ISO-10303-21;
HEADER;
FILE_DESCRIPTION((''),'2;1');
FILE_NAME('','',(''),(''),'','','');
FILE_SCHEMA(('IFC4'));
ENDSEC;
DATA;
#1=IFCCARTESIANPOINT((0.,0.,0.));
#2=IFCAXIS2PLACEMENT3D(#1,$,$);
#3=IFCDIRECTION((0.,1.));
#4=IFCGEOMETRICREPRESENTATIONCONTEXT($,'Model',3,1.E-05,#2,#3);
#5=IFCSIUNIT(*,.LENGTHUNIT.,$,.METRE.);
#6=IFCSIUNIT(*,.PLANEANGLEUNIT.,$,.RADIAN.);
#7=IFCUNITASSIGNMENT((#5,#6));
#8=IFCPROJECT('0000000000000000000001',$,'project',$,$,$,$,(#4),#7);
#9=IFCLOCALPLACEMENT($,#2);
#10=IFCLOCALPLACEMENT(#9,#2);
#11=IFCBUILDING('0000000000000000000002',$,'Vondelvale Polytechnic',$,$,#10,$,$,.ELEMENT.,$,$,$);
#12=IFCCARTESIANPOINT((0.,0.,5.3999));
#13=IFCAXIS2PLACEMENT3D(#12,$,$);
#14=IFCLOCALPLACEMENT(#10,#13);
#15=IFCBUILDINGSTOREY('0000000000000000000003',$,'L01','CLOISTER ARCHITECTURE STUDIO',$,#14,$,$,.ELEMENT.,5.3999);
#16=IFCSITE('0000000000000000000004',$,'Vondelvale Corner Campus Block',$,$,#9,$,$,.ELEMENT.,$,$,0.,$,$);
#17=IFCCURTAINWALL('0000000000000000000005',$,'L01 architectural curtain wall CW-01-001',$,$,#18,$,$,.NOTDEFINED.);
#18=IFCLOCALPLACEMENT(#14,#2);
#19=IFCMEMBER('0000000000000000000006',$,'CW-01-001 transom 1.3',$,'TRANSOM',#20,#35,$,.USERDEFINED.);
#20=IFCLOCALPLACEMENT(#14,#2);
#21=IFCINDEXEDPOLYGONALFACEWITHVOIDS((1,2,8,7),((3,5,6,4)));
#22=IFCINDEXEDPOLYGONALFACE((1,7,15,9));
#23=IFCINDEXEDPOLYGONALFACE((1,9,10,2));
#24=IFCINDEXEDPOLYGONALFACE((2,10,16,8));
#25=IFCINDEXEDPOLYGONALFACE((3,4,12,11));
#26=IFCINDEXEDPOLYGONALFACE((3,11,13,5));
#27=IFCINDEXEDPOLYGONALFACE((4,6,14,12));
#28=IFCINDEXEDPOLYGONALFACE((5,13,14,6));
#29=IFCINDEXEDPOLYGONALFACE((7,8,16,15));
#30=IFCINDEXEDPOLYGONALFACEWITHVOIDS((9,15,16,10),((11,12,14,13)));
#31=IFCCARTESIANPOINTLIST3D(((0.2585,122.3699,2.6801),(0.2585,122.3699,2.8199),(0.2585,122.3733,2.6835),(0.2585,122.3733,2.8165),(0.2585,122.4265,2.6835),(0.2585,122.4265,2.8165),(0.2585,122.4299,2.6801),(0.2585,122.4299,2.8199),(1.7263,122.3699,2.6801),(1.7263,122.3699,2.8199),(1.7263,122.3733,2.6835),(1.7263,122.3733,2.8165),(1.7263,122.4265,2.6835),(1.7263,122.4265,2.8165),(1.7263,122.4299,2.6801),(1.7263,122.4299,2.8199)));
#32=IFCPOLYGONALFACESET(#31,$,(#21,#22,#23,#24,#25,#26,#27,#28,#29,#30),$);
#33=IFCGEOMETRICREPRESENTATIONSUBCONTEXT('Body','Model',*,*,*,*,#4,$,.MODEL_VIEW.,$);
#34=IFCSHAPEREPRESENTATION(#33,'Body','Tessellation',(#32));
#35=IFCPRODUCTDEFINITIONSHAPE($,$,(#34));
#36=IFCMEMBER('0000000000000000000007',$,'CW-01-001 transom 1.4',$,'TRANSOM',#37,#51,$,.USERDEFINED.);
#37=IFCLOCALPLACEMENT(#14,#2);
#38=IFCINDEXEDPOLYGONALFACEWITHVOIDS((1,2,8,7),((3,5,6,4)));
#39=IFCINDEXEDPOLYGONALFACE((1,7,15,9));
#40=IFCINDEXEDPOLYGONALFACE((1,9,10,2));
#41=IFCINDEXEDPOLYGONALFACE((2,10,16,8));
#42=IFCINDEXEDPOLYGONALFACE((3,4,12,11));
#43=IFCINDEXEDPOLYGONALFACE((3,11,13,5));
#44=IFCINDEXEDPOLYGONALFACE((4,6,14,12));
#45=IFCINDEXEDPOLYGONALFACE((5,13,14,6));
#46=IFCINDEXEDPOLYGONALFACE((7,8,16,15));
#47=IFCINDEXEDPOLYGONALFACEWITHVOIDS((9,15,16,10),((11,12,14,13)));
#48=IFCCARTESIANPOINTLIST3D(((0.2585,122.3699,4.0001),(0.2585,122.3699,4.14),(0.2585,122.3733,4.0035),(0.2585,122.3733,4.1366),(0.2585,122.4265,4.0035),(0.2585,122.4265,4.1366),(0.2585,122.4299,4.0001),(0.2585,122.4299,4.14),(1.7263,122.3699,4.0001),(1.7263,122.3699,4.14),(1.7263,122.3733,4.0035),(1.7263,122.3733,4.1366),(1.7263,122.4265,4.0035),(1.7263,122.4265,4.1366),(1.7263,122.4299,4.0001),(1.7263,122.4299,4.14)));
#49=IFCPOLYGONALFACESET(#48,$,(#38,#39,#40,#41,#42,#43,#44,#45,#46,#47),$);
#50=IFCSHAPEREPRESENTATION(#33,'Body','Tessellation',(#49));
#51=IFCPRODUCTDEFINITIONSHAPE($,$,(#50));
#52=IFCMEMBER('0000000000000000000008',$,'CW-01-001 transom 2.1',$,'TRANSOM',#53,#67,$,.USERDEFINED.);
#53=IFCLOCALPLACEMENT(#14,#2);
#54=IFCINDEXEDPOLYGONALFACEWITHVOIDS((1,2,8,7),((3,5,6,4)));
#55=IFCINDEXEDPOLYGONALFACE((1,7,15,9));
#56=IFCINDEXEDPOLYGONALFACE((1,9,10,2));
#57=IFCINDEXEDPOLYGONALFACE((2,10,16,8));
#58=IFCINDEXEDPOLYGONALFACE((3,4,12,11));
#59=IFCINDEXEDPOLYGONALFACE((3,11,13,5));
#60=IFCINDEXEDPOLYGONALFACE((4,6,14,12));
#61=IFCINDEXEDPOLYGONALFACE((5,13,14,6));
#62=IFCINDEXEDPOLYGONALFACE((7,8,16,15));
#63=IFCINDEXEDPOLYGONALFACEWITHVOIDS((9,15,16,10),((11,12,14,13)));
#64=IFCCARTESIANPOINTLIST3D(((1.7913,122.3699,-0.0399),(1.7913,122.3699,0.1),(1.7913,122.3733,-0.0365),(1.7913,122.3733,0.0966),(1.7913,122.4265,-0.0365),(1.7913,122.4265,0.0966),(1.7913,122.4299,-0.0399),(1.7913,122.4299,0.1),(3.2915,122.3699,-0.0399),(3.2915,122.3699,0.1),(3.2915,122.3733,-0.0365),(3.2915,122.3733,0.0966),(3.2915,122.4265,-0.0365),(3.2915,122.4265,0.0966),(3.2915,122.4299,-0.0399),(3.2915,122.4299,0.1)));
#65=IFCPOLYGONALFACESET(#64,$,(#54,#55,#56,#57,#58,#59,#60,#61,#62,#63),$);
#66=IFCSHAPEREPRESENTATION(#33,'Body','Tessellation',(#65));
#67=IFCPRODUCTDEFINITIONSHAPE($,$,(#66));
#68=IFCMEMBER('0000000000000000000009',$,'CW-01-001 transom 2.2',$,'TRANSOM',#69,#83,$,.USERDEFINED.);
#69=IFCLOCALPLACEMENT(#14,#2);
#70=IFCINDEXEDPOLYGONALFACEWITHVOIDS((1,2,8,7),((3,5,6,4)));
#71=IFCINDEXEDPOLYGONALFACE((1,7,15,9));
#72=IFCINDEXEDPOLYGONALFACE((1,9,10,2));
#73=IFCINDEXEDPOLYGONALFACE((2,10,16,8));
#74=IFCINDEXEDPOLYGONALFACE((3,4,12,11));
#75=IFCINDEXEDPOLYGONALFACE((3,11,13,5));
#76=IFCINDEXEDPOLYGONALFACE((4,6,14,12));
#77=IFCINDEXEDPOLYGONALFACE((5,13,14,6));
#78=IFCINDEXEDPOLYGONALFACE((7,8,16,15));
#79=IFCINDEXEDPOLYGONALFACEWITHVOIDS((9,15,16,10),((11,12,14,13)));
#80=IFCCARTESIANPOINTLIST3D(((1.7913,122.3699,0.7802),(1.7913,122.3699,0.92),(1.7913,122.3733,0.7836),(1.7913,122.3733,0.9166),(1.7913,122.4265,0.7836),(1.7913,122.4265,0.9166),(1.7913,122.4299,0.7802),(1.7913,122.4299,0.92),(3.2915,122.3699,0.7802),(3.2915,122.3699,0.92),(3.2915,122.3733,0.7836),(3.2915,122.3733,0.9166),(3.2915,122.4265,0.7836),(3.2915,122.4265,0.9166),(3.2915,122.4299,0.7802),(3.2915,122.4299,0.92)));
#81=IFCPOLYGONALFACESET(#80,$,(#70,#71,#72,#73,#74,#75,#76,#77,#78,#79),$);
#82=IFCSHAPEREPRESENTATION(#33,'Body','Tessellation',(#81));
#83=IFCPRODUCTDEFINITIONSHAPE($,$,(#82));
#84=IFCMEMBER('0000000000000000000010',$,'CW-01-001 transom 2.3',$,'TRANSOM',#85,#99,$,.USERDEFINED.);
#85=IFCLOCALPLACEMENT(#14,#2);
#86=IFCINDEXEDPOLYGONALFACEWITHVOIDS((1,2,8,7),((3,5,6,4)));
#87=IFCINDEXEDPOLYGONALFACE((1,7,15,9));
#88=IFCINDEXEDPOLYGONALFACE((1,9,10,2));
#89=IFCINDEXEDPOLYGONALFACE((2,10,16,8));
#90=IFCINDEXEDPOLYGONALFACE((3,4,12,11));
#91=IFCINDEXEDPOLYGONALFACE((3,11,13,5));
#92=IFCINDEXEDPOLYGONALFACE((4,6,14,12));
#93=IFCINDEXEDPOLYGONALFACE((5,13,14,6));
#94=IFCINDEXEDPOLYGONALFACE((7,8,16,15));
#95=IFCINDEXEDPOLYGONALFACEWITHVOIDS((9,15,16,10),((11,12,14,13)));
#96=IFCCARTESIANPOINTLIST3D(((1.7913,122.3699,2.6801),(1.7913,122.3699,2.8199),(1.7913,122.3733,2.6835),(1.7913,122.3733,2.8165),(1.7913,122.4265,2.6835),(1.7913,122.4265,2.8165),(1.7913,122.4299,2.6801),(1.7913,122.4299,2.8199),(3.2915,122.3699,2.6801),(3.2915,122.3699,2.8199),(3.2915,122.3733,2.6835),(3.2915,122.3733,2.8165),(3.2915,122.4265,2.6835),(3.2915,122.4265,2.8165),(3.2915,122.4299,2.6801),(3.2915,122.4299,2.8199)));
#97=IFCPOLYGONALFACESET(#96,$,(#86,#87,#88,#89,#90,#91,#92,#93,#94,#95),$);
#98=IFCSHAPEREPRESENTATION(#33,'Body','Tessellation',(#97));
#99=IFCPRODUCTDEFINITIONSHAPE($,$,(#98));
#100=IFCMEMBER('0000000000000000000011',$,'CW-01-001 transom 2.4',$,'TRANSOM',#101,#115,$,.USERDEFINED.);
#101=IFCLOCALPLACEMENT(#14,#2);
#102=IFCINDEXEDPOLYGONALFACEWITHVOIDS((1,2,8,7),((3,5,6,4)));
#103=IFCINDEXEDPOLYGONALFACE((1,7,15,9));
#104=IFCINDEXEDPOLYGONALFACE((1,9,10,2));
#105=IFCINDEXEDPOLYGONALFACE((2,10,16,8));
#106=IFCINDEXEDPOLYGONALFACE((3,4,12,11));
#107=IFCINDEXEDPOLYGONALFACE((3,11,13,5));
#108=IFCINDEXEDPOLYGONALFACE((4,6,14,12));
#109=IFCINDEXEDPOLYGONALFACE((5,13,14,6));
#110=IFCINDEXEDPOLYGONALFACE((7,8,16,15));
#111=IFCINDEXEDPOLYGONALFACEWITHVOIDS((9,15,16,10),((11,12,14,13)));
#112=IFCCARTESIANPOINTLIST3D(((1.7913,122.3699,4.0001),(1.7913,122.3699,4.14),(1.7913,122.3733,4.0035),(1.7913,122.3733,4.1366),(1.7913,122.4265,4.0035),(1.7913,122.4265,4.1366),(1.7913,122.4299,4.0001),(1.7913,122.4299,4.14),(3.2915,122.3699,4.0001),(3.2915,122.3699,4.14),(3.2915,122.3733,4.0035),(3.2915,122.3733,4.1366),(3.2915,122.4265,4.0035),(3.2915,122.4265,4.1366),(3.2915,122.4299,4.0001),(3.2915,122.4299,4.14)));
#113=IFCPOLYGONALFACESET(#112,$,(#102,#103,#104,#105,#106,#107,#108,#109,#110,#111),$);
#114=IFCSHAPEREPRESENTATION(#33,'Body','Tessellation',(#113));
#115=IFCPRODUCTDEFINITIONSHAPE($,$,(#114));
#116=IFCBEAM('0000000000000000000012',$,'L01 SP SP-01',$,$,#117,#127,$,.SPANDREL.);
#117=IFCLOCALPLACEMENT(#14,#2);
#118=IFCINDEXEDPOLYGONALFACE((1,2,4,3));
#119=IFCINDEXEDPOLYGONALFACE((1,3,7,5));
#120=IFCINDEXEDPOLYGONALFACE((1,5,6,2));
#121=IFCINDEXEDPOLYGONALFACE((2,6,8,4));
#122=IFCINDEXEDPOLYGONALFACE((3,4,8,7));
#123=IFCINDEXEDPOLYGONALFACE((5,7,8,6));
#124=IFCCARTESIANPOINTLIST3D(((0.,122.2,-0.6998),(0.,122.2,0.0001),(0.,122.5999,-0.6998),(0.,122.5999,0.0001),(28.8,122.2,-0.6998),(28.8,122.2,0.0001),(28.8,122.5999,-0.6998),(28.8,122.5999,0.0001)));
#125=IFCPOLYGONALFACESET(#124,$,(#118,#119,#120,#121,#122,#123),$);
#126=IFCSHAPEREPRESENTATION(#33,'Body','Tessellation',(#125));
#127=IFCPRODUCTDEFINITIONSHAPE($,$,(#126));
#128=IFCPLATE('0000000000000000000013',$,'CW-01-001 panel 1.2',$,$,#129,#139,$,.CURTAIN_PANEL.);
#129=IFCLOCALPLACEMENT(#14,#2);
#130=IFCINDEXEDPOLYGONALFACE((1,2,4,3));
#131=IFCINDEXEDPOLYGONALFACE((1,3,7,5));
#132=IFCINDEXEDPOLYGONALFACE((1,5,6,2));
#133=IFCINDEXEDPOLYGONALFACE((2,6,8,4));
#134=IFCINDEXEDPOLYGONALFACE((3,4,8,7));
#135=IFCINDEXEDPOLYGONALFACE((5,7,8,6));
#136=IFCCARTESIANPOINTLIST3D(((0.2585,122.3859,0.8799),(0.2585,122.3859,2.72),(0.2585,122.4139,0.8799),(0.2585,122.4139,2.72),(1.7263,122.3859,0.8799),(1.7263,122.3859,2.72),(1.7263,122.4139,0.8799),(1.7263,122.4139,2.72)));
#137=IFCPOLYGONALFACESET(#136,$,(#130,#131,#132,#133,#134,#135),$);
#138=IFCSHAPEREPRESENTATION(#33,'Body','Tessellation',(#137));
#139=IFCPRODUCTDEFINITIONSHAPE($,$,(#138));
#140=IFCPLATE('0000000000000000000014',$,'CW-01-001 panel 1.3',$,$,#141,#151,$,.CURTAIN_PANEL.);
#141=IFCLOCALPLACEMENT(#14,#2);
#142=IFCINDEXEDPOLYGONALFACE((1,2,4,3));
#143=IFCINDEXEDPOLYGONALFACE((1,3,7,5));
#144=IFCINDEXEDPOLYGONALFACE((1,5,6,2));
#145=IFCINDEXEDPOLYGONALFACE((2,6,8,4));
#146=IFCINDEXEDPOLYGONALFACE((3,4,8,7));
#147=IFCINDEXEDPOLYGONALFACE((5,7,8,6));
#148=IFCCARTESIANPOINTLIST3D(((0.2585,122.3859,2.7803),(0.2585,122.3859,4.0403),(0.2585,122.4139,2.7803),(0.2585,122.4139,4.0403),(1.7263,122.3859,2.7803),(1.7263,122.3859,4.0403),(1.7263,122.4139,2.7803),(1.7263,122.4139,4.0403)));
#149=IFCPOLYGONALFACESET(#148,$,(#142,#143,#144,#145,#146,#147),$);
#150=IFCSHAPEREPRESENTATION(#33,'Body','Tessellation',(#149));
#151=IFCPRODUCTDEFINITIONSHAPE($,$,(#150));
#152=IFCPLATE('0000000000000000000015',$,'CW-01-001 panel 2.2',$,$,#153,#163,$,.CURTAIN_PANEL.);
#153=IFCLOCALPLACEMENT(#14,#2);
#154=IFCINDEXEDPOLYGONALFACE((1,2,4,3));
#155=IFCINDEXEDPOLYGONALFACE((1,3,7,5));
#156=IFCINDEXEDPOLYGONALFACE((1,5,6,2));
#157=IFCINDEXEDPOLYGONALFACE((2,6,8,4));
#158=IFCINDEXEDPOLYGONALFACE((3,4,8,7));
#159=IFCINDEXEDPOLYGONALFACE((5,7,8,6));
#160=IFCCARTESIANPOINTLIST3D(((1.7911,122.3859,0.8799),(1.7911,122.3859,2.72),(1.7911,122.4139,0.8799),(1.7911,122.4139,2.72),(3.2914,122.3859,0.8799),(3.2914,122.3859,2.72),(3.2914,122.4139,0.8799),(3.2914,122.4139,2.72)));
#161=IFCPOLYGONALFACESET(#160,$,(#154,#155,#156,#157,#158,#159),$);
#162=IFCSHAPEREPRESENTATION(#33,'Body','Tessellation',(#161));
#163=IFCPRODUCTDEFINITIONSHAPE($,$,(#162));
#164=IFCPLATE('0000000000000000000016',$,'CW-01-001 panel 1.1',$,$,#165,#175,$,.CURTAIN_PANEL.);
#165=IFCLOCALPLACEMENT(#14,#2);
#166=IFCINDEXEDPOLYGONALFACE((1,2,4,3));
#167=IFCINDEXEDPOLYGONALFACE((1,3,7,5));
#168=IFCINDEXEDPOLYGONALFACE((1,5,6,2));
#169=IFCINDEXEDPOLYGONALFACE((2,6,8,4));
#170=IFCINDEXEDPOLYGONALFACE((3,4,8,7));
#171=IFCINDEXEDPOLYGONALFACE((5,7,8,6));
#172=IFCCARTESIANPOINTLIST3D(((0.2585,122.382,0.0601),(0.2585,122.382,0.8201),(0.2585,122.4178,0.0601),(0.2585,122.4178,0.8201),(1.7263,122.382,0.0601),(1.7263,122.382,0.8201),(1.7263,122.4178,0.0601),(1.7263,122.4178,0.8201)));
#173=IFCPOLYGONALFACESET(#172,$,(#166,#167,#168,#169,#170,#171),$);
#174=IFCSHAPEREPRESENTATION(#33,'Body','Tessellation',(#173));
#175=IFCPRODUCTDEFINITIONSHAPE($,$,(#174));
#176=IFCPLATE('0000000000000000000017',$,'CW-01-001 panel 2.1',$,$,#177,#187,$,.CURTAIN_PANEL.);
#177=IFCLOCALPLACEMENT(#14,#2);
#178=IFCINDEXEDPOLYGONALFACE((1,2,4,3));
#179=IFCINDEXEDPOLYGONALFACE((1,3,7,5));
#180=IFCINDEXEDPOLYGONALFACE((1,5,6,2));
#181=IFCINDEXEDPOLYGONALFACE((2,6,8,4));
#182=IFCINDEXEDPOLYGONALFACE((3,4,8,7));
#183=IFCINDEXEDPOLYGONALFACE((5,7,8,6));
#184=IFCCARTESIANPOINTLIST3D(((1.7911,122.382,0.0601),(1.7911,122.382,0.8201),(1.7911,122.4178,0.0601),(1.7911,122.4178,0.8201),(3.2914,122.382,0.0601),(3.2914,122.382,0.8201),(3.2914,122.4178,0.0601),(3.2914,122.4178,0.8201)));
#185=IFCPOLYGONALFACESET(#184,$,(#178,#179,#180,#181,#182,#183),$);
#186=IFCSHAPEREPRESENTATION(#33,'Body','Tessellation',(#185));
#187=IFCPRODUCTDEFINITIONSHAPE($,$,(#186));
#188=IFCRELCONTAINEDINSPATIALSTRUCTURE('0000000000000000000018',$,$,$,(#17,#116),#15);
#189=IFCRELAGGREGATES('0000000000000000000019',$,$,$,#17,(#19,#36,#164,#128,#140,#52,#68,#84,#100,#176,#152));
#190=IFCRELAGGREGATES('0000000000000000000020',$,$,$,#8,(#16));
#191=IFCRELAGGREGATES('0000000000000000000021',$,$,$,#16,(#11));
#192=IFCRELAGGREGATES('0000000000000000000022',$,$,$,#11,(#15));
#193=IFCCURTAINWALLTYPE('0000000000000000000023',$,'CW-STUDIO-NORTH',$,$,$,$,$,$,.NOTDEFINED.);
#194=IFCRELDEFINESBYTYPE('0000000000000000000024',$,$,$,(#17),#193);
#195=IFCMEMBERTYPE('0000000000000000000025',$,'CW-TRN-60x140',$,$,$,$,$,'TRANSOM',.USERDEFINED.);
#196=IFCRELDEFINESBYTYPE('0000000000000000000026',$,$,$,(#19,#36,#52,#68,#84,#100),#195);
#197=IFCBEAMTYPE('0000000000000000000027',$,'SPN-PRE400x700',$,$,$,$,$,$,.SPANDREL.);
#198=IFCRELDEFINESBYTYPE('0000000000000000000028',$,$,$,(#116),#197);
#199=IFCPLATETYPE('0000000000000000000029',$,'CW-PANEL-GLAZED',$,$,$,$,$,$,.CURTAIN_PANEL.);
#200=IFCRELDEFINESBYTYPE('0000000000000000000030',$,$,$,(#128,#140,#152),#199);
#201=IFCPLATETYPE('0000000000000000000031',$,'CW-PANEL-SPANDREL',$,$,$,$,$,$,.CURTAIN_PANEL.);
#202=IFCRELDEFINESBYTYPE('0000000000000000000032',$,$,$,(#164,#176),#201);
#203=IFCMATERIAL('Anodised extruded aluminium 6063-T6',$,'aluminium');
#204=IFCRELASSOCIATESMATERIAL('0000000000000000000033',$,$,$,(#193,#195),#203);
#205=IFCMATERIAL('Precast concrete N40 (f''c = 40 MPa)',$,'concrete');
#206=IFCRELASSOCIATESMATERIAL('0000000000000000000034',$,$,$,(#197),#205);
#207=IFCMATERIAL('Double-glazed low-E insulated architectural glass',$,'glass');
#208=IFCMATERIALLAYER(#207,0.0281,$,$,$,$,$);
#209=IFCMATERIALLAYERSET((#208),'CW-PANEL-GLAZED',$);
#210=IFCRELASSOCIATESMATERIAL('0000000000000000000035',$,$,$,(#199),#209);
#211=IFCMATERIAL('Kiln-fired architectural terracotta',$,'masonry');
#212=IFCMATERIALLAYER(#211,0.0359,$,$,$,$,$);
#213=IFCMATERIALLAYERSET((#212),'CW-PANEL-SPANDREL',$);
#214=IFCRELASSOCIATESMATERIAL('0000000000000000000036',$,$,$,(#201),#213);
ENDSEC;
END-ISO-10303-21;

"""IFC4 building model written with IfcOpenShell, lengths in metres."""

from ifc_helpers import new_model, si_unit, direction, frame, origin, origin_2d, place, context, subcontext, project, spatial, rectangle, hollow_rectangle, extrude, material, layer, layer_set, material_profile, profile_set, type_object, element, aggregate, save


model = new_model("IFC4")

# Units and contexts
model_context = context("Model", 3, precision=1e-05, world=origin(), true_north=direction((0.0, 1.0)))
body_context = subcontext(model_context, "Body", "Model", "MODEL_VIEW")
ifc_project = project(units=[si_unit("LENGTHUNIT", "METRE"), si_unit("PLANEANGLEUNIT", "RADIAN")], contexts=[model_context])

# Site, building, storey
site_placement = place(None, origin())
site = spatial("IfcSite", under=ifc_project, at=site_placement, Name="Vondelvale Corner Campus Block", CompositionType="ELEMENT", RefElevation=0.0)
building_placement = place(site_placement, origin())
building = spatial("IfcBuilding", under=site, at=building_placement, Name="Vondelvale Polytechnic", CompositionType="ELEMENT")
storey_placement = place(building_placement, frame((0.0, 0.0, 5.3999)))
storey = spatial("IfcBuildingStorey", under=building, at=storey_placement, Name="L01", Description="CLOISTER ARCHITECTURE STUDIO", CompositionType="ELEMENT", Elevation=5.3999)

# Curtain wall, members
ifc_material_1 = material(Name="Anodised extruded aluminium 6063-T6", Category="aluminium")
curtain_wall_type = type_object("IfcCurtainWallType", Name="CW-STUDIO-NORTH", PredefinedType="NOTDEFINED", material=ifc_material_1)
curtain_wall_placement = place(storey_placement, origin())
curtain_wall = element("IfcCurtainWall", 1, at=curtain_wall_placement, inside=storey, type_object=curtain_wall_type, Name="L01 architectural curtain wall CW-01-001", PredefinedType="NOTDEFINED")
ifc_material_profile_1 = material_profile(ifc_material_1, hollow_rectangle(XDim=0.0601, YDim=0.1399, WallThickness=0.0034, at=origin_2d()), Name="CW-TRN-140x60")
ifc_profile_set_1 = profile_set([ifc_material_profile_1], Name="Anodised extruded aluminium 6063-T6")
member_type_1 = type_object("IfcMemberType", Name="CW-TRN-60x140", ElementType="TRANSOM", PredefinedType="USERDEFINED", material=ifc_profile_set_1)
member_1_placement = place(storey_placement, frame((0.2585, 122.3999, 2.75), z_axis=(1.0, 0.0, 0.0), x_axis=(0.0, 1.0, 0.0)))
member_1 = element("IfcMember", 2, at=member_1_placement, type_object=member_type_1, Name="CW-01-001 transom 1.3", ObjectType="TRANSOM", PredefinedType="USERDEFINED", context=body_context, shape_type="SweptSolid", body=[
    extrude(hollow_rectangle(XDim=0.0601, YDim=0.1399, WallThickness=0.0034, at=origin_2d()), origin(), (0.0, 0.0, 1.0), 1.4678),
])
member_2_placement = place(storey_placement, frame((0.2585, 122.3999, 4.0701), z_axis=(1.0, 0.0, 0.0), x_axis=(0.0, 1.0, 0.0)))
member_2 = element("IfcMember", 3, at=member_2_placement, type_object=member_type_1, Name="CW-01-001 transom 1.4", ObjectType="TRANSOM", PredefinedType="USERDEFINED", context=body_context, shape_type="SweptSolid", body=[
    extrude(hollow_rectangle(XDim=0.0601, YDim=0.1399, WallThickness=0.0034, at=origin_2d()), origin(), (0.0, 0.0, 1.0), 1.4678),
])
member_3_placement = place(storey_placement, frame((1.7913, 122.3999, 0.03), z_axis=(1.0, 0.0, 0.0), x_axis=(0.0, 1.0, 0.0)))
member_3 = element("IfcMember", 4, at=member_3_placement, type_object=member_type_1, Name="CW-01-001 transom 2.1", ObjectType="TRANSOM", PredefinedType="USERDEFINED", context=body_context, shape_type="SweptSolid", body=[
    extrude(hollow_rectangle(XDim=0.0601, YDim=0.1399, WallThickness=0.0034, at=origin_2d()), origin(), (0.0, 0.0, 1.0), 1.5002),
])
member_4_placement = place(storey_placement, frame((1.7913, 122.3999, 0.8501), z_axis=(1.0, 0.0, 0.0), x_axis=(0.0, 1.0, 0.0)))
member_4 = element("IfcMember", 5, at=member_4_placement, type_object=member_type_1, Name="CW-01-001 transom 2.2", ObjectType="TRANSOM", PredefinedType="USERDEFINED", context=body_context, shape_type="SweptSolid", body=[
    extrude(hollow_rectangle(XDim=0.0601, YDim=0.1399, WallThickness=0.0034, at=origin_2d()), origin(), (0.0, 0.0, 1.0), 1.5002),
])
member_5_placement = place(storey_placement, frame((1.7913, 122.3999, 2.75), z_axis=(1.0, 0.0, 0.0), x_axis=(0.0, 1.0, 0.0)))
member_5 = element("IfcMember", 6, at=member_5_placement, type_object=member_type_1, Name="CW-01-001 transom 2.3", ObjectType="TRANSOM", PredefinedType="USERDEFINED", context=body_context, shape_type="SweptSolid", body=[
    extrude(hollow_rectangle(XDim=0.0601, YDim=0.1399, WallThickness=0.0034, at=origin_2d()), origin(), (0.0, 0.0, 1.0), 1.5002),
])
member_6_placement = place(storey_placement, frame((1.7913, 122.3999, 4.0701), z_axis=(1.0, 0.0, 0.0), x_axis=(0.0, 1.0, 0.0)))
member_6 = element("IfcMember", 7, at=member_6_placement, type_object=member_type_1, Name="CW-01-001 transom 2.4", ObjectType="TRANSOM", PredefinedType="USERDEFINED", context=body_context, shape_type="SweptSolid", body=[
    extrude(hollow_rectangle(XDim=0.0601, YDim=0.1399, WallThickness=0.0034, at=origin_2d()), origin(), (0.0, 0.0, 1.0), 1.5002),
])

# Beam
ifc_material_2 = material(Name="Precast concrete N40 (f'c = 40 MPa)", Category="concrete")
ifc_material_profile_2 = material_profile(ifc_material_2, rectangle(XDim=0.3999, YDim=0.7, at=origin_2d()), Name="RC-SPN-400x700")
ifc_profile_set_2 = profile_set([ifc_material_profile_2], Name="Precast concrete N40 (f'c = 40 MPa)")
beam_type_1 = type_object("IfcBeamType", Name="SPN-PRE400x700", PredefinedType="SPANDREL", material=ifc_profile_set_2)
beam_1_placement = place(storey_placement, frame((0.0, 122.3999, -0.3499), z_axis=(1.0, 0.0, 0.0), x_axis=(0.0, 1.0, 0.0)))
element("IfcBeam", 8, at=beam_1_placement, inside=storey, type_object=beam_type_1, Name="L01 SP SP-01", PredefinedType="SPANDREL", context=body_context, shape_type="SweptSolid", body=[
    extrude(rectangle(XDim=0.3999, YDim=0.7, at=origin_2d()), origin(), (0.0, 0.0, 1.0), 28.8),
])

# Plates
ifc_material_3 = material(Name="Double-glazed low-E insulated architectural glass", Category="glass")
ifc_layer_1 = layer(ifc_material_3, 0.0281)
ifc_layer_set_1 = layer_set([ifc_layer_1], Name="CW-PANEL-GLAZED")
plate_type_1 = type_object("IfcPlateType", Name="CW-PANEL-GLAZED", PredefinedType="CURTAIN_PANEL", material=ifc_layer_set_1)
plate_1_placement = place(storey_placement, frame((0.9924, 122.3999, 0.8799), z_axis=(0.0, 0.0, 1.0), x_axis=(1.0, 0.0, 0.0)))
plate_1 = element("IfcPlate", 9, at=plate_1_placement, type_object=plate_type_1, Name="CW-01-001 panel 1.2", PredefinedType="CURTAIN_PANEL", context=body_context, shape_type="SweptSolid", body=[
    extrude(rectangle(XDim=1.4678, YDim=0.0281, at=origin_2d()), origin(), (0.0, 0.0, 1.0), 1.8401),
])
plate_2_placement = place(storey_placement, frame((0.9924, 122.3999, 2.7803), z_axis=(0.0, 0.0, 1.0), x_axis=(1.0, 0.0, 0.0)))
plate_2 = element("IfcPlate", 10, at=plate_2_placement, type_object=plate_type_1, Name="CW-01-001 panel 1.3", PredefinedType="CURTAIN_PANEL", context=body_context, shape_type="SweptSolid", body=[
    extrude(rectangle(XDim=1.4678, YDim=0.0281, at=origin_2d()), origin(), (0.0, 0.0, 1.0), 1.26),
])
plate_3_placement = place(storey_placement, frame((2.5413, 122.3999, 0.8799), z_axis=(0.0, 0.0, 1.0), x_axis=(1.0, 0.0, 0.0)))
plate_3 = element("IfcPlate", 11, at=plate_3_placement, type_object=plate_type_1, Name="CW-01-001 panel 2.2", PredefinedType="CURTAIN_PANEL", context=body_context, shape_type="SweptSolid", body=[
    extrude(rectangle(XDim=1.5002, YDim=0.0281, at=origin_2d()), origin(), (0.0, 0.0, 1.0), 1.8401),
])
ifc_material_4 = material(Name="Kiln-fired architectural terracotta", Category="masonry")
ifc_layer_2 = layer(ifc_material_4, 0.0359)
ifc_layer_set_2 = layer_set([ifc_layer_2], Name="CW-PANEL-SPANDREL")
plate_type_2 = type_object("IfcPlateType", Name="CW-PANEL-SPANDREL", PredefinedType="CURTAIN_PANEL", material=ifc_layer_set_2)
plate_4_placement = place(storey_placement, frame((0.9924, 122.3999, 0.0601), z_axis=(0.0, 0.0, 1.0), x_axis=(1.0, 0.0, 0.0)))
plate_4 = element("IfcPlate", 12, at=plate_4_placement, type_object=plate_type_2, Name="CW-01-001 panel 1.1", PredefinedType="CURTAIN_PANEL", context=body_context, shape_type="SweptSolid", body=[
    extrude(rectangle(XDim=1.4678, YDim=0.0359, at=origin_2d()), origin(), (0.0, 0.0, 1.0), 0.76),
])
plate_5_placement = place(storey_placement, frame((2.5413, 122.3999, 0.0601), z_axis=(0.0, 0.0, 1.0), x_axis=(1.0, 0.0, 0.0)))
plate_5 = element("IfcPlate", 13, at=plate_5_placement, type_object=plate_type_2, Name="CW-01-001 panel 2.1", PredefinedType="CURTAIN_PANEL", context=body_context, shape_type="SweptSolid", body=[
    extrude(rectangle(XDim=1.5002, YDim=0.0359, at=origin_2d()), origin(), (0.0, 0.0, 1.0), 0.76),
])
aggregate(curtain_wall, [member_1, member_2, plate_4, plate_1, plate_2, member_3, member_4, member_5, member_6, plate_5, plate_3])

save(model, "model.ifc")
